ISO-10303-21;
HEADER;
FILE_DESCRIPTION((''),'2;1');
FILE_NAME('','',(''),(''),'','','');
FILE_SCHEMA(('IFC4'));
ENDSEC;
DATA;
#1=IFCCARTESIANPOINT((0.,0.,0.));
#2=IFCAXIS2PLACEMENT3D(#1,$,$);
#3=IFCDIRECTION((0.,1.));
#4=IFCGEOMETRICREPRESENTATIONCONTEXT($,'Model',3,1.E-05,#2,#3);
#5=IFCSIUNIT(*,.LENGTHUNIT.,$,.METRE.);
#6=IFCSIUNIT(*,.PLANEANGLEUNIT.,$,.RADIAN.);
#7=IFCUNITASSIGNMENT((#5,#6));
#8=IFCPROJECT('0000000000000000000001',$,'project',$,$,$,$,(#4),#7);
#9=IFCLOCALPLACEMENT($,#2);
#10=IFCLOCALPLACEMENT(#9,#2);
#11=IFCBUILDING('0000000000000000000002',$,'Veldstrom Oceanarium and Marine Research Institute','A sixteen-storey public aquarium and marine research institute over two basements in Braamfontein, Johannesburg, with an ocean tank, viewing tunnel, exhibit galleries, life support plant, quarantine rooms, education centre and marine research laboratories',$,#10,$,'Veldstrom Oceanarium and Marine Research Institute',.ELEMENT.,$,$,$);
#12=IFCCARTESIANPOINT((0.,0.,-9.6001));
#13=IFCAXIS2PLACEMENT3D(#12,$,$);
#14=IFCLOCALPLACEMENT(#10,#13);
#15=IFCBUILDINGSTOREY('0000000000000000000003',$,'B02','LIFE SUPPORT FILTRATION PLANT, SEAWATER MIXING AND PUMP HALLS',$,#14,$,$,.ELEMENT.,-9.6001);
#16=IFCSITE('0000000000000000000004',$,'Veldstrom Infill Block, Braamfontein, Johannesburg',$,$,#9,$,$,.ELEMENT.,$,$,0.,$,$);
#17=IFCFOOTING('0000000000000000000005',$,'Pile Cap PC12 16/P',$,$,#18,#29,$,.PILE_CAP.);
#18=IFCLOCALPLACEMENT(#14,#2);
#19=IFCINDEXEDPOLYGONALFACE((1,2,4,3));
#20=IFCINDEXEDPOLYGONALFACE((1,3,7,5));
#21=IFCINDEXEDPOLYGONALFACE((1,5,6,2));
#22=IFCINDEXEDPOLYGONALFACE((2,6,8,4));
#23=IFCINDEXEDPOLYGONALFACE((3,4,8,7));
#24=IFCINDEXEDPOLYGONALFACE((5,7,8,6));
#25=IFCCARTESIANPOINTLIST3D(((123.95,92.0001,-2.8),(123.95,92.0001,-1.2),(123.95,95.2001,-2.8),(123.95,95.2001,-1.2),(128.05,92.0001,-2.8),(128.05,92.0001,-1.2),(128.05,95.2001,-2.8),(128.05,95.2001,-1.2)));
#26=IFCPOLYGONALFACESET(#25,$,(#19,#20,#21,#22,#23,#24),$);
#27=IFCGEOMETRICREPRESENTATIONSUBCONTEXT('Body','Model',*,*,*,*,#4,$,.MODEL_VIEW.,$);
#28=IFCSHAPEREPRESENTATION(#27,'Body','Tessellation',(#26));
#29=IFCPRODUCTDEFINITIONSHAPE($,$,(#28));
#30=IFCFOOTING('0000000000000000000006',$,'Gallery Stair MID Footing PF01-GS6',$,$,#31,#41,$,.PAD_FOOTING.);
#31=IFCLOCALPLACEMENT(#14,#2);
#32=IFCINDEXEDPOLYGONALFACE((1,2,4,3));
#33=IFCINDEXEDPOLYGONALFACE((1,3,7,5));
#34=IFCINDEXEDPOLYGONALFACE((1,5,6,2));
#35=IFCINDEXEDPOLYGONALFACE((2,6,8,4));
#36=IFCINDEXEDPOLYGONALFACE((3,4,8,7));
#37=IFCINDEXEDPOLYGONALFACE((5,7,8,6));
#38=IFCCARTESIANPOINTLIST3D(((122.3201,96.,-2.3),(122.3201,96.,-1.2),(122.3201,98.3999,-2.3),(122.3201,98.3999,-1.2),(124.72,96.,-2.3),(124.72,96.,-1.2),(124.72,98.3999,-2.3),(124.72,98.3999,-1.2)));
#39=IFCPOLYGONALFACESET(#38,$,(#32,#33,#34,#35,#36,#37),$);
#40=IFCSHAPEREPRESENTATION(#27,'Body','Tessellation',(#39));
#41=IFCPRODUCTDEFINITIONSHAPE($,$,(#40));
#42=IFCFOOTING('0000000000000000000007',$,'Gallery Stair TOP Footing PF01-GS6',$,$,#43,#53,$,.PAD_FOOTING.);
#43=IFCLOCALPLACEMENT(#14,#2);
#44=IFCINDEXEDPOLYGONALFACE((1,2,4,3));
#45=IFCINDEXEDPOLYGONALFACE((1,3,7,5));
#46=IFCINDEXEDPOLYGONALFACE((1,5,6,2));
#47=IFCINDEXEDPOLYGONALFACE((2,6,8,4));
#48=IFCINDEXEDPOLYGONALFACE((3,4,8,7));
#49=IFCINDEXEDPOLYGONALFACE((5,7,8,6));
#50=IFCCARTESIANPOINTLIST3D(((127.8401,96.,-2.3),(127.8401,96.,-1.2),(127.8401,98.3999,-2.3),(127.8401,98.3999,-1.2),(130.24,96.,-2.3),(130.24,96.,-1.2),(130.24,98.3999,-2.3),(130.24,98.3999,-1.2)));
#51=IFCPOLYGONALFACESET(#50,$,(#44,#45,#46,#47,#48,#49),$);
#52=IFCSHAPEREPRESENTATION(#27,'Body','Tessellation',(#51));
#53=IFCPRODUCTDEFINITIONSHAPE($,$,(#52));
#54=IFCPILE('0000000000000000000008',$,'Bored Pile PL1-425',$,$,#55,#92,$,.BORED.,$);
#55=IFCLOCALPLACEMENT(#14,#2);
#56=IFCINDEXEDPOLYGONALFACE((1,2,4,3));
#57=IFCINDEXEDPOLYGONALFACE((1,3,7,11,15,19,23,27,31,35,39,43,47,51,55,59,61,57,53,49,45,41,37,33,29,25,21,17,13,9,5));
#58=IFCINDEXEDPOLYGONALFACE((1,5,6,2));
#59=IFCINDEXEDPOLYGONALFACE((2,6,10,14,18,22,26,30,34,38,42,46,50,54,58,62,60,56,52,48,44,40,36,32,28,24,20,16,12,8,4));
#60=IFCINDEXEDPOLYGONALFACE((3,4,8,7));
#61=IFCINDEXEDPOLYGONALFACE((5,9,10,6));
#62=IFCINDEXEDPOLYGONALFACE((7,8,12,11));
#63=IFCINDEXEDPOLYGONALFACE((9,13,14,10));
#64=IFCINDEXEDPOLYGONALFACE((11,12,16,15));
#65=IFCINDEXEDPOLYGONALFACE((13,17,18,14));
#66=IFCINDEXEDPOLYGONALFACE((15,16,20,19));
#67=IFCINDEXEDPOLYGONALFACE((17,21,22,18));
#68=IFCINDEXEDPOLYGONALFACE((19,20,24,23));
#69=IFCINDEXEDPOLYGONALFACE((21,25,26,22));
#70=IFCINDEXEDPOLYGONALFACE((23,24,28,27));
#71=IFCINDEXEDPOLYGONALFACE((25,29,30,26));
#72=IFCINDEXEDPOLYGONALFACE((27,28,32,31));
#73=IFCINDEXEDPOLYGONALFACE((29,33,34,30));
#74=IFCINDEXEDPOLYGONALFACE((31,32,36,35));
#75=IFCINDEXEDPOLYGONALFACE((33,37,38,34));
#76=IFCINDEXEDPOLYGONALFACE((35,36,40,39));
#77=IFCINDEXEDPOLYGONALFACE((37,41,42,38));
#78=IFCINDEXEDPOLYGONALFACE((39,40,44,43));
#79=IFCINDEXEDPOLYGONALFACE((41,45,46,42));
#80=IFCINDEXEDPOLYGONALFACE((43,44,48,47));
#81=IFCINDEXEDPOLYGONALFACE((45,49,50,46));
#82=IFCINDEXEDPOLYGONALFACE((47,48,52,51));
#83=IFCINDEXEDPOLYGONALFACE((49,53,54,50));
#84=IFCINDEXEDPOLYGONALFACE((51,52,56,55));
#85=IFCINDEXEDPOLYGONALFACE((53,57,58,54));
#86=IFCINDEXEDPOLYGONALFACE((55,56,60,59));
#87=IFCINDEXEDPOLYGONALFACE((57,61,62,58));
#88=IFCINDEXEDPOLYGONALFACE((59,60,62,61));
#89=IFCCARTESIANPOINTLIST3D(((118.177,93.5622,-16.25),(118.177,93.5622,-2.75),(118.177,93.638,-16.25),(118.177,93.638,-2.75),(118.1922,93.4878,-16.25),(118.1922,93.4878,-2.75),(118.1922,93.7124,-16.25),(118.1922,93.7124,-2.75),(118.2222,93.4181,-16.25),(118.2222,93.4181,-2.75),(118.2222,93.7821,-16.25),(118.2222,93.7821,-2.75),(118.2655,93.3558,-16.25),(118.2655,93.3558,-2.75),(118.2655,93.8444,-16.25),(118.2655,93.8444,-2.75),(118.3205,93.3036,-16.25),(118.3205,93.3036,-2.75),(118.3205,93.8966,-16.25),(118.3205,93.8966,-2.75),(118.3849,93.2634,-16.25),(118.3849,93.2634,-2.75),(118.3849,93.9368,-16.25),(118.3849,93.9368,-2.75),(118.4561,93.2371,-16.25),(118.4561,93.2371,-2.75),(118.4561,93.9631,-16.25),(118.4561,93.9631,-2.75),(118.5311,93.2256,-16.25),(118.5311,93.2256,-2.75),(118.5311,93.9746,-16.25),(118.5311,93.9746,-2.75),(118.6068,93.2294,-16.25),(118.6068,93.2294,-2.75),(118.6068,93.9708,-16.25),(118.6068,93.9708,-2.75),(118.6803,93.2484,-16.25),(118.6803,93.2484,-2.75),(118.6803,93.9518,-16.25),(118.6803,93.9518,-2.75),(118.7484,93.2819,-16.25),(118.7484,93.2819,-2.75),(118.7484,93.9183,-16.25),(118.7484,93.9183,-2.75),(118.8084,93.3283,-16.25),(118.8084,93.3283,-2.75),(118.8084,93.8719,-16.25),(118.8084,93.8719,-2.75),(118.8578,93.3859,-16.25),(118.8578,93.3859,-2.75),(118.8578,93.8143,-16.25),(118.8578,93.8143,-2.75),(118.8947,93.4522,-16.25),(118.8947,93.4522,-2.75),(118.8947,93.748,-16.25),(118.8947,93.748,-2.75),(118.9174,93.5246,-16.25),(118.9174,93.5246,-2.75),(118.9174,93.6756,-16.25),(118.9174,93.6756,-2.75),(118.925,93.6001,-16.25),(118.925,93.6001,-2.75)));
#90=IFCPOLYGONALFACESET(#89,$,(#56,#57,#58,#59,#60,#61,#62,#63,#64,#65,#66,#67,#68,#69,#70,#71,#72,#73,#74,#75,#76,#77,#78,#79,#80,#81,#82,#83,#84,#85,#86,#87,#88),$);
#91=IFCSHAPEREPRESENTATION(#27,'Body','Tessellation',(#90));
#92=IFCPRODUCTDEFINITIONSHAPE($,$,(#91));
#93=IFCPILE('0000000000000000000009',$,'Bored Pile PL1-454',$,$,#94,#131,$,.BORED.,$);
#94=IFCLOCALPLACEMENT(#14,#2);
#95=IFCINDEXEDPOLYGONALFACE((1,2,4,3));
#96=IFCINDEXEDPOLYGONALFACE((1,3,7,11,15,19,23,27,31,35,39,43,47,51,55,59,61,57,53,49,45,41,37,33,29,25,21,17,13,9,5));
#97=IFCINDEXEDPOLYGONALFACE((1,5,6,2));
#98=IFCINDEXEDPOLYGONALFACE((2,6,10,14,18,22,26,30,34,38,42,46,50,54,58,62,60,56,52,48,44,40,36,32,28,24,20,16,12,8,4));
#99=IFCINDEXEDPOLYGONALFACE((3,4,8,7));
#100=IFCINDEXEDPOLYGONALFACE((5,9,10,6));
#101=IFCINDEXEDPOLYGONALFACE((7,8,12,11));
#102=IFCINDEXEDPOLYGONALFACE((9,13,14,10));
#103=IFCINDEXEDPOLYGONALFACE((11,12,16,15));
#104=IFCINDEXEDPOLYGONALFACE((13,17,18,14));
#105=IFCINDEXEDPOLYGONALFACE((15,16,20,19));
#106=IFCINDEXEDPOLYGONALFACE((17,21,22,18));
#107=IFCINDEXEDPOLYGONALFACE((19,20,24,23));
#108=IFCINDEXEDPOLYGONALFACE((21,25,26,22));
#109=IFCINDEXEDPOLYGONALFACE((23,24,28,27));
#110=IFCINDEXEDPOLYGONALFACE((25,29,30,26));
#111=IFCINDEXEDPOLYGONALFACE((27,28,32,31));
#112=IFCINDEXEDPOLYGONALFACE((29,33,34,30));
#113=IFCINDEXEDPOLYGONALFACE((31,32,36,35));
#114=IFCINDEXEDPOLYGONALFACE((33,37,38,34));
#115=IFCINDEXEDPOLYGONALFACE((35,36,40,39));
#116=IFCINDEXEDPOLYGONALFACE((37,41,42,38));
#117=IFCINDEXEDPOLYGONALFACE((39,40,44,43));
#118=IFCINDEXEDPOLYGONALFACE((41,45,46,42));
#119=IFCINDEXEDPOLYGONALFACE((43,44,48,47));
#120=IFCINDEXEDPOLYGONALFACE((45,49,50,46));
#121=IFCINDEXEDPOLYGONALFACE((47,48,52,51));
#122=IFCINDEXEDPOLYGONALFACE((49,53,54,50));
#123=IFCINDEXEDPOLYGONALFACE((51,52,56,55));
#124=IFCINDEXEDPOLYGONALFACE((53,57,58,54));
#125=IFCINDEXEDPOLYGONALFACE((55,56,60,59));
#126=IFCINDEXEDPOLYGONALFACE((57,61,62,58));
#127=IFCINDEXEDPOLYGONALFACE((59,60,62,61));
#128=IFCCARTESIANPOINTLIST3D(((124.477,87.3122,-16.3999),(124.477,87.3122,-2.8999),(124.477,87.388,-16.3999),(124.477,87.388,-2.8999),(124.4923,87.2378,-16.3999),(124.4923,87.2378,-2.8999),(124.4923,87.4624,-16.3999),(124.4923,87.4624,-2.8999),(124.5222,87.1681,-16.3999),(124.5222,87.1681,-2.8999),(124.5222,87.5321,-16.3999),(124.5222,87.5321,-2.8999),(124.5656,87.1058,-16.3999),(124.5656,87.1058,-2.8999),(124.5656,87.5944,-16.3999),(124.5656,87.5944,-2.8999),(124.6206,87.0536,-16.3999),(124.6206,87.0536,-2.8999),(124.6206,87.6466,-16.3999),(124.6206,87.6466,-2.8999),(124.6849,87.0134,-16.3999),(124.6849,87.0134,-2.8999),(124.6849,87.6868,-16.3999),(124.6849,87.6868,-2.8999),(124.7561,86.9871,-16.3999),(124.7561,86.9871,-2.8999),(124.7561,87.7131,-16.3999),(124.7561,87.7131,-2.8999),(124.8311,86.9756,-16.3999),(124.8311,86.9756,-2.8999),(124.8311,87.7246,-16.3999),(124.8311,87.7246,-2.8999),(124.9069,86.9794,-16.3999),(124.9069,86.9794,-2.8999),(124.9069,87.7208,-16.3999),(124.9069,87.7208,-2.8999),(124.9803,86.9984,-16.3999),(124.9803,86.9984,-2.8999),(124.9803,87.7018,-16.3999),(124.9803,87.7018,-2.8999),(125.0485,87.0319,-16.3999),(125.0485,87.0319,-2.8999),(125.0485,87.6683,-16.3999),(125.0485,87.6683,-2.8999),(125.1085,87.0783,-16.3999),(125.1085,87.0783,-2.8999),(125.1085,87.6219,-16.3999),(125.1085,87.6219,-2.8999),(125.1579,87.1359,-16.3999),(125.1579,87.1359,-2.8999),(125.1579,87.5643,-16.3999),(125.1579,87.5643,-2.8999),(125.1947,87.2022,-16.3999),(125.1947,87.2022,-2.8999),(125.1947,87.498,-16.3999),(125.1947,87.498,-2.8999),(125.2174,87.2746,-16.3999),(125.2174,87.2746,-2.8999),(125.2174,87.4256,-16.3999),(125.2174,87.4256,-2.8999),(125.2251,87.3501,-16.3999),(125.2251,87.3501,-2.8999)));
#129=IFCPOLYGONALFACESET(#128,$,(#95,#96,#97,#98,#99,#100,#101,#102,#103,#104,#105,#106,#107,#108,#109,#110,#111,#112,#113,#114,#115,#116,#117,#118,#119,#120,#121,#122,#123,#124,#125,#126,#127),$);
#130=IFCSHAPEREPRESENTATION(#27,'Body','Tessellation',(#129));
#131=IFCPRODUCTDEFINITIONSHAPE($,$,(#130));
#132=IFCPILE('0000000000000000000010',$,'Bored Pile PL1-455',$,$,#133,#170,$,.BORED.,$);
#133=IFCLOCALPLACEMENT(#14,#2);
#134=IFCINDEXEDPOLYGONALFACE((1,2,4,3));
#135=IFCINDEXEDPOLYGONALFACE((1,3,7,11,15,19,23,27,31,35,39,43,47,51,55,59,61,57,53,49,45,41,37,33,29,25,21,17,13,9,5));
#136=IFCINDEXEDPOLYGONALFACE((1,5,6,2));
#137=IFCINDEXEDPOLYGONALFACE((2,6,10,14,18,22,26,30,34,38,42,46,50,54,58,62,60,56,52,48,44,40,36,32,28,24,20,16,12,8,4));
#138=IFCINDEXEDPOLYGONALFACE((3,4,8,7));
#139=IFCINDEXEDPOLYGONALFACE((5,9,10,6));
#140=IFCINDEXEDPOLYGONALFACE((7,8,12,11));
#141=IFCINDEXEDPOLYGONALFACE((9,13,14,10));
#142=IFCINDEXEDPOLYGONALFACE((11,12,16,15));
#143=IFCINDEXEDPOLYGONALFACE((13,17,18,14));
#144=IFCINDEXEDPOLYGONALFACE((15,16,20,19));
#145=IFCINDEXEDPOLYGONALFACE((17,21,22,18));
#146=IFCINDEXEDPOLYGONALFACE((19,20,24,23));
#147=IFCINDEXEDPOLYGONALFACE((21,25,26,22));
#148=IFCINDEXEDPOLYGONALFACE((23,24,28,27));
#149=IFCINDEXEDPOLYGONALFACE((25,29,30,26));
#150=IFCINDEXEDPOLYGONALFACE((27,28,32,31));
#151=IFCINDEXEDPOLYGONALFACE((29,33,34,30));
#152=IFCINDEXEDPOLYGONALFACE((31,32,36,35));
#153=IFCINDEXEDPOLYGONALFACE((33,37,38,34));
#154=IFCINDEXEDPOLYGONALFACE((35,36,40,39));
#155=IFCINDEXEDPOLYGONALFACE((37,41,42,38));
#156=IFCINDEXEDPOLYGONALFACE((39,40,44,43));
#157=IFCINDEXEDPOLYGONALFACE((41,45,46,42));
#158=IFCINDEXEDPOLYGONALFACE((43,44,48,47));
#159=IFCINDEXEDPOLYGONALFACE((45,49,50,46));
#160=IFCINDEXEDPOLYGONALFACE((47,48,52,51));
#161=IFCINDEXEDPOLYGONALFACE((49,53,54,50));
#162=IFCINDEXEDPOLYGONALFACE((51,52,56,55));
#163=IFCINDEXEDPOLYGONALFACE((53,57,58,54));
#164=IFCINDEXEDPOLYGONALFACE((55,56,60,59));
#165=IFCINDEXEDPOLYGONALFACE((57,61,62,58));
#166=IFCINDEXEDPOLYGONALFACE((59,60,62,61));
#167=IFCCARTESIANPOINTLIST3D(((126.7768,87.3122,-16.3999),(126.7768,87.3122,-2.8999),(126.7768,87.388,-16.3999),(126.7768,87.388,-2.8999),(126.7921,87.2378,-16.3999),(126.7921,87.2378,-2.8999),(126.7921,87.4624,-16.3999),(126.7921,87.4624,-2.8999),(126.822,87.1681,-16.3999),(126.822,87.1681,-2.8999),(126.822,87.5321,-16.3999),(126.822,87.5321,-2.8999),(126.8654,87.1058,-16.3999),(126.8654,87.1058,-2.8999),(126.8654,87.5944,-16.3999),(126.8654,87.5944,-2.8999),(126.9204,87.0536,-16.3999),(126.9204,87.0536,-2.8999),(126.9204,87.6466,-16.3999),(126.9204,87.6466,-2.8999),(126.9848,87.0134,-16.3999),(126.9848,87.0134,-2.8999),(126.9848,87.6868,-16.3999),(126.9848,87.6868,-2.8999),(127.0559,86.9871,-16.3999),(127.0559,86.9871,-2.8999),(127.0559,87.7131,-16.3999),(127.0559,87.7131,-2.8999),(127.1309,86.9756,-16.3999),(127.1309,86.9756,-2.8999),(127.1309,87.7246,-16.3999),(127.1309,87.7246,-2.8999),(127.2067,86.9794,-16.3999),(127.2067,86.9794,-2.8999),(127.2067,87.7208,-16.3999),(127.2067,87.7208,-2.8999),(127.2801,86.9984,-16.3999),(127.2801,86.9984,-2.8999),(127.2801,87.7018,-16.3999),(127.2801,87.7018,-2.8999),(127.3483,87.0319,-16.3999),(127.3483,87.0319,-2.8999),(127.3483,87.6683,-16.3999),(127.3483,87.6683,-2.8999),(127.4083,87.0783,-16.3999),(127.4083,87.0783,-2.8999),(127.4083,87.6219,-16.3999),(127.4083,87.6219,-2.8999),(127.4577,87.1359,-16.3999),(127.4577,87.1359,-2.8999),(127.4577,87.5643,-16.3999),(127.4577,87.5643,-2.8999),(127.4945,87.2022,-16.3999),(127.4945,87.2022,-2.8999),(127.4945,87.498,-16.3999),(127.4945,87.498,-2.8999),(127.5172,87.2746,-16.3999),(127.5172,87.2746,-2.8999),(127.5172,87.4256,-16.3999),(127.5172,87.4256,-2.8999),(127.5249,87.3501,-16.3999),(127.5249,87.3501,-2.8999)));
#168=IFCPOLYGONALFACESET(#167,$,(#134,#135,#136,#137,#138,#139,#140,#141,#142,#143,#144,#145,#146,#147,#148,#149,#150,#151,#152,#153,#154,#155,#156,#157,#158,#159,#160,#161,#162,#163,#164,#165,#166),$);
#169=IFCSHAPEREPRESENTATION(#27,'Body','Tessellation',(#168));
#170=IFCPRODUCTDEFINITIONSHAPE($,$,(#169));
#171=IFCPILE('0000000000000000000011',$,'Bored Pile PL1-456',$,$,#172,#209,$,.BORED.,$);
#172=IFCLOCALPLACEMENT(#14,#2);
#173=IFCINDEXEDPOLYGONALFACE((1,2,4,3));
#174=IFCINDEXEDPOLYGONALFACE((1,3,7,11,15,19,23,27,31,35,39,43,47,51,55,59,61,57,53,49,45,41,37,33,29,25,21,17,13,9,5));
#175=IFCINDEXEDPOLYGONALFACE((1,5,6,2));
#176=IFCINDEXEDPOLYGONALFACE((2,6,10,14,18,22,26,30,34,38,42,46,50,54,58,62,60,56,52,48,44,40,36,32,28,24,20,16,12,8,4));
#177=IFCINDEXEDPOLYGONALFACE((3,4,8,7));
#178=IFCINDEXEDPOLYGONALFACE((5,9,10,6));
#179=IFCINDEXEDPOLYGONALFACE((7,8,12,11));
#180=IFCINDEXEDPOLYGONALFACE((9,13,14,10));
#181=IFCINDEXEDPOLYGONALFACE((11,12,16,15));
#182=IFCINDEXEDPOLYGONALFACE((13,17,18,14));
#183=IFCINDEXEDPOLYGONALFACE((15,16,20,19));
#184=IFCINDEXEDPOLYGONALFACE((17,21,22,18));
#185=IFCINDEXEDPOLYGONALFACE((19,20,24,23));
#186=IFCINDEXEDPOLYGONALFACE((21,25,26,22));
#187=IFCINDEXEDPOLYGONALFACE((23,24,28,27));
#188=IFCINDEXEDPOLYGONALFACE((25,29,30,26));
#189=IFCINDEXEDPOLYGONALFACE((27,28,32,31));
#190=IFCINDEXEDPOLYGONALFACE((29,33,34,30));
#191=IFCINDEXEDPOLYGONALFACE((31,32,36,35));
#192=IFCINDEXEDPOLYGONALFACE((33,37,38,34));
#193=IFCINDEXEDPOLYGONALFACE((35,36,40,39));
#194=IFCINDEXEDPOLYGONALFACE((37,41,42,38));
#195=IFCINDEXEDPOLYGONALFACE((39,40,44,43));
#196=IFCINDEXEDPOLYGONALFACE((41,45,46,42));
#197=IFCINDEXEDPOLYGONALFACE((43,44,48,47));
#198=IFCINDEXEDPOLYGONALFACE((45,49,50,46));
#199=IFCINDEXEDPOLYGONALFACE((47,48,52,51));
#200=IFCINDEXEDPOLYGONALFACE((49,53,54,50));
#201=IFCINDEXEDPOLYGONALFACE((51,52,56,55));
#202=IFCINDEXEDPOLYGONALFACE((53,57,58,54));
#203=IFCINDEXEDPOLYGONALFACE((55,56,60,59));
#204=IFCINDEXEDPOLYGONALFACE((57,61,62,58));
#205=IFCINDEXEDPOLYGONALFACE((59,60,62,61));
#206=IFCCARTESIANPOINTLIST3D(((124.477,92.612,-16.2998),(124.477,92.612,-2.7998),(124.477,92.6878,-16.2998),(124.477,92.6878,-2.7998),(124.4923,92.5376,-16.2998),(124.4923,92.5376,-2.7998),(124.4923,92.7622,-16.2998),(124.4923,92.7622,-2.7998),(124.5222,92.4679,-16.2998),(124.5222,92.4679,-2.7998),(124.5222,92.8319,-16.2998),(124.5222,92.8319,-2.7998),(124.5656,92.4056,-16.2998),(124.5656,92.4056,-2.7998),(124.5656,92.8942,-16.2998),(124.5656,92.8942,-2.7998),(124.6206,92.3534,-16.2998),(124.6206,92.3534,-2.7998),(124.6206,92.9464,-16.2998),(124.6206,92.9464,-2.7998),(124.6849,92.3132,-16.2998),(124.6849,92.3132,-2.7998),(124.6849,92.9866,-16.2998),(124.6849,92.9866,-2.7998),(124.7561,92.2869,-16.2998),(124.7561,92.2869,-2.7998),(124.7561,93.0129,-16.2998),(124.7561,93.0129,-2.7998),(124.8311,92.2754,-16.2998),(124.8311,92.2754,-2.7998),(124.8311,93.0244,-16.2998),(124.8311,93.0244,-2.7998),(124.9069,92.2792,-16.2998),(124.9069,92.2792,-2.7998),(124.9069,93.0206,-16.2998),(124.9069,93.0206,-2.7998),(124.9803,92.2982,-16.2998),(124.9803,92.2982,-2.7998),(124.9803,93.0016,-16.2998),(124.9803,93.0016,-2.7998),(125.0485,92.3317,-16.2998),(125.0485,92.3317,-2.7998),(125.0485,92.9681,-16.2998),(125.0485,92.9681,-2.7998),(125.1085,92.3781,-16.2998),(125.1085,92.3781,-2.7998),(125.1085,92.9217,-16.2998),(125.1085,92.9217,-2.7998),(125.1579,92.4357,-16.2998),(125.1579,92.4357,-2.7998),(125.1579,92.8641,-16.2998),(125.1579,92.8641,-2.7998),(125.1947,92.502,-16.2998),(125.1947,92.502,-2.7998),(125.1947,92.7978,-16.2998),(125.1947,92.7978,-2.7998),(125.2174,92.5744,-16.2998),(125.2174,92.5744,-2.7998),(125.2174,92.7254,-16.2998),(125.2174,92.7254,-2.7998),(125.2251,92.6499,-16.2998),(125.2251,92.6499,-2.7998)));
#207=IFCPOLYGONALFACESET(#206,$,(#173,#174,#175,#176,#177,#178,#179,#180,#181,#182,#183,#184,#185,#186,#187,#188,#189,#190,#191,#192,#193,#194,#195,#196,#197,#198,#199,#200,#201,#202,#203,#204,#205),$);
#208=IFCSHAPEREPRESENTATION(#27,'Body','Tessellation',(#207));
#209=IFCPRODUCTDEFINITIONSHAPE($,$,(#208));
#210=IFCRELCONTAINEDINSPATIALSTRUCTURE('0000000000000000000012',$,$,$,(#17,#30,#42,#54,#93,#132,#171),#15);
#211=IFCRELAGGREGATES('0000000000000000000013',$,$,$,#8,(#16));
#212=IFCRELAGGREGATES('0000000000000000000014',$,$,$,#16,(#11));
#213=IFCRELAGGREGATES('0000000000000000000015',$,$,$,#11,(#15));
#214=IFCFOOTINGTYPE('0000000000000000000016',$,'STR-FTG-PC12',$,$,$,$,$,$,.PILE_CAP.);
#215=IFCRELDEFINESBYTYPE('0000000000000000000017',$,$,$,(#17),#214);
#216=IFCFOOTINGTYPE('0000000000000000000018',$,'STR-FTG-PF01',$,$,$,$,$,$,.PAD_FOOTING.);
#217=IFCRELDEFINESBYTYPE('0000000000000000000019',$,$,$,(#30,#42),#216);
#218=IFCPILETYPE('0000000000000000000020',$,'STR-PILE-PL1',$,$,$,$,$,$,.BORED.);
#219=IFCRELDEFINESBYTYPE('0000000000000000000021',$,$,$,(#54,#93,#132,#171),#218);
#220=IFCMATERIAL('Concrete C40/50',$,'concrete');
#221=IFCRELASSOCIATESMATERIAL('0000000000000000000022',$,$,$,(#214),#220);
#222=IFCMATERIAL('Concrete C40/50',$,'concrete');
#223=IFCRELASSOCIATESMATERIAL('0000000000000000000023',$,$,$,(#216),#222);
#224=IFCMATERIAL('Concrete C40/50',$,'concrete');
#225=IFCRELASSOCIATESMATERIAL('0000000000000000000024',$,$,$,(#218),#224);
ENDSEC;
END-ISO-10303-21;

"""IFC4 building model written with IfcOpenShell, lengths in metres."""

from ifc_helpers import new_model, si_unit, direction, frame, origin, origin_2d, place, context, subcontext, project, spatial, rectangle, circle, extrude, material, material_profile, profile_set, type_object, element, save


model = new_model("IFC4")

# Units and contexts
model_context = context("Model", 3, precision=1e-05, world=origin(), true_north=direction((0.0, 1.0)))
body_context = subcontext(model_context, "Body", "Model", "MODEL_VIEW")
ifc_project = project(units=[si_unit("LENGTHUNIT", "METRE"), si_unit("PLANEANGLEUNIT", "RADIAN")], contexts=[model_context])

# Site, building, storey
site_placement = place(None, origin())
site = spatial("IfcSite", under=ifc_project, at=site_placement, Name="Veldstrom Infill Block, Braamfontein, Johannesburg", CompositionType="ELEMENT", RefElevation=0.0)
building_placement = place(site_placement, origin())
building = spatial("IfcBuilding", under=site, at=building_placement, Name="Veldstrom Oceanarium and Marine Research Institute", Description="A sixteen-storey public aquarium and marine research institute over two basements in Braamfontein, Johannesburg, with an ocean tank, viewing tunnel, exhibit galleries, life support plant, quarantine rooms, education centre and marine research laboratories", LongName="Veldstrom Oceanarium and Marine Research Institute", CompositionType="ELEMENT")
storey_placement = place(building_placement, frame((0.0, 0.0, -9.6001)))
storey = spatial("IfcBuildingStorey", under=building, at=storey_placement, Name="B02", Description="LIFE SUPPORT FILTRATION PLANT, SEAWATER MIXING AND PUMP HALLS", CompositionType="ELEMENT", Elevation=-9.6001)

# Footings
ifc_material_1 = material(Name="Concrete C40/50", Category="concrete")
footing_type_1 = type_object("IfcFootingType", Name="STR-FTG-PC12", PredefinedType="PILE_CAP", material=ifc_material_1)
footing_placement = place(storey_placement, frame((126.0, 93.6001, -2.8), z_axis=(0.0, 0.0, 1.0), x_axis=(1.0, 0.0, 0.0)))
element("IfcFooting", 1, at=footing_placement, inside=storey, type_object=footing_type_1, Name="Pile Cap PC12 16/P", PredefinedType="PILE_CAP", context=body_context, shape_type="SweptSolid", body=[
    extrude(rectangle(XDim=4.1001, YDim=3.2, at=origin_2d()), origin(), (0.0, 0.0, 1.0), 1.6001),
])
ifc_material_2 = material(Name="Concrete C40/50", Category="concrete")
footing_type_2 = type_object("IfcFootingType", Name="STR-FTG-PF01", PredefinedType="PAD_FOOTING", material=ifc_material_2)
for number, where, z_axis, x_axis, name in (
    (2, (123.52, 97.2, -2.3), (0.0, 0.0, 1.0), (1.0, 0.0, 0.0), "Gallery Stair MID Footing PF01-GS6"),
    (3, (129.04, 97.2, -2.3), (0.0, 0.0, 1.0), (1.0, 0.0, 0.0), "Gallery Stair TOP Footing PF01-GS6"),
):
    element("IfcFooting", number, at=place(storey_placement, frame(where, z_axis=z_axis, x_axis=x_axis)), inside=storey, type_object=footing_type_2, Name=name, PredefinedType="PAD_FOOTING", context=body_context, shape_type="SweptSolid", body=[
        extrude(rectangle(XDim=2.3999, YDim=2.3999, at=origin_2d()), origin(), (0.0, 0.0, 1.0), 1.1001),
    ])

# Piles
ifc_material_3 = material(Name="Concrete C40/50", Category="concrete")
ifc_material_profile_1 = material_profile(ifc_material_3, circle(Radius=0.375, at=origin_2d()), Name="PILE-D750")
ifc_profile_set_1 = profile_set([ifc_material_profile_1], Name="Concrete C40/50")
pile_type = type_object("IfcPileType", Name="STR-PILE-PL1", PredefinedType="BORED", material=ifc_profile_set_1)
for number, where, z_axis, x_axis, name in (
    (4, (118.55, 93.6001, -2.75), (0.0, 0.0, -1.0), (1.0, 0.0, 0.0), "Bored Pile PL1-425"),
    (5, (124.8501, 87.3501, -2.8999), (0.0, 0.0, -1.0), (1.0, 0.0, 0.0), "Bored Pile PL1-454"),
    (6, (127.1499, 87.3501, -2.8999), (0.0, 0.0, -1.0), (1.0, 0.0, 0.0), "Bored Pile PL1-455"),
    (7, (124.8501, 92.6499, -2.7998), (0.0, 0.0, -1.0), (1.0, 0.0, 0.0), "Bored Pile PL1-456"),
):
    element("IfcPile", number, at=place(storey_placement, frame(where, z_axis=z_axis, x_axis=x_axis)), inside=storey, type_object=pile_type, Name=name, PredefinedType="BORED", context=body_context, shape_type="SweptSolid", body=[
        extrude(circle(Radius=0.375, at=origin_2d()), origin(), (0.0, 0.0, 1.0), 13.5),
    ])

save(model, "model.ifc")
